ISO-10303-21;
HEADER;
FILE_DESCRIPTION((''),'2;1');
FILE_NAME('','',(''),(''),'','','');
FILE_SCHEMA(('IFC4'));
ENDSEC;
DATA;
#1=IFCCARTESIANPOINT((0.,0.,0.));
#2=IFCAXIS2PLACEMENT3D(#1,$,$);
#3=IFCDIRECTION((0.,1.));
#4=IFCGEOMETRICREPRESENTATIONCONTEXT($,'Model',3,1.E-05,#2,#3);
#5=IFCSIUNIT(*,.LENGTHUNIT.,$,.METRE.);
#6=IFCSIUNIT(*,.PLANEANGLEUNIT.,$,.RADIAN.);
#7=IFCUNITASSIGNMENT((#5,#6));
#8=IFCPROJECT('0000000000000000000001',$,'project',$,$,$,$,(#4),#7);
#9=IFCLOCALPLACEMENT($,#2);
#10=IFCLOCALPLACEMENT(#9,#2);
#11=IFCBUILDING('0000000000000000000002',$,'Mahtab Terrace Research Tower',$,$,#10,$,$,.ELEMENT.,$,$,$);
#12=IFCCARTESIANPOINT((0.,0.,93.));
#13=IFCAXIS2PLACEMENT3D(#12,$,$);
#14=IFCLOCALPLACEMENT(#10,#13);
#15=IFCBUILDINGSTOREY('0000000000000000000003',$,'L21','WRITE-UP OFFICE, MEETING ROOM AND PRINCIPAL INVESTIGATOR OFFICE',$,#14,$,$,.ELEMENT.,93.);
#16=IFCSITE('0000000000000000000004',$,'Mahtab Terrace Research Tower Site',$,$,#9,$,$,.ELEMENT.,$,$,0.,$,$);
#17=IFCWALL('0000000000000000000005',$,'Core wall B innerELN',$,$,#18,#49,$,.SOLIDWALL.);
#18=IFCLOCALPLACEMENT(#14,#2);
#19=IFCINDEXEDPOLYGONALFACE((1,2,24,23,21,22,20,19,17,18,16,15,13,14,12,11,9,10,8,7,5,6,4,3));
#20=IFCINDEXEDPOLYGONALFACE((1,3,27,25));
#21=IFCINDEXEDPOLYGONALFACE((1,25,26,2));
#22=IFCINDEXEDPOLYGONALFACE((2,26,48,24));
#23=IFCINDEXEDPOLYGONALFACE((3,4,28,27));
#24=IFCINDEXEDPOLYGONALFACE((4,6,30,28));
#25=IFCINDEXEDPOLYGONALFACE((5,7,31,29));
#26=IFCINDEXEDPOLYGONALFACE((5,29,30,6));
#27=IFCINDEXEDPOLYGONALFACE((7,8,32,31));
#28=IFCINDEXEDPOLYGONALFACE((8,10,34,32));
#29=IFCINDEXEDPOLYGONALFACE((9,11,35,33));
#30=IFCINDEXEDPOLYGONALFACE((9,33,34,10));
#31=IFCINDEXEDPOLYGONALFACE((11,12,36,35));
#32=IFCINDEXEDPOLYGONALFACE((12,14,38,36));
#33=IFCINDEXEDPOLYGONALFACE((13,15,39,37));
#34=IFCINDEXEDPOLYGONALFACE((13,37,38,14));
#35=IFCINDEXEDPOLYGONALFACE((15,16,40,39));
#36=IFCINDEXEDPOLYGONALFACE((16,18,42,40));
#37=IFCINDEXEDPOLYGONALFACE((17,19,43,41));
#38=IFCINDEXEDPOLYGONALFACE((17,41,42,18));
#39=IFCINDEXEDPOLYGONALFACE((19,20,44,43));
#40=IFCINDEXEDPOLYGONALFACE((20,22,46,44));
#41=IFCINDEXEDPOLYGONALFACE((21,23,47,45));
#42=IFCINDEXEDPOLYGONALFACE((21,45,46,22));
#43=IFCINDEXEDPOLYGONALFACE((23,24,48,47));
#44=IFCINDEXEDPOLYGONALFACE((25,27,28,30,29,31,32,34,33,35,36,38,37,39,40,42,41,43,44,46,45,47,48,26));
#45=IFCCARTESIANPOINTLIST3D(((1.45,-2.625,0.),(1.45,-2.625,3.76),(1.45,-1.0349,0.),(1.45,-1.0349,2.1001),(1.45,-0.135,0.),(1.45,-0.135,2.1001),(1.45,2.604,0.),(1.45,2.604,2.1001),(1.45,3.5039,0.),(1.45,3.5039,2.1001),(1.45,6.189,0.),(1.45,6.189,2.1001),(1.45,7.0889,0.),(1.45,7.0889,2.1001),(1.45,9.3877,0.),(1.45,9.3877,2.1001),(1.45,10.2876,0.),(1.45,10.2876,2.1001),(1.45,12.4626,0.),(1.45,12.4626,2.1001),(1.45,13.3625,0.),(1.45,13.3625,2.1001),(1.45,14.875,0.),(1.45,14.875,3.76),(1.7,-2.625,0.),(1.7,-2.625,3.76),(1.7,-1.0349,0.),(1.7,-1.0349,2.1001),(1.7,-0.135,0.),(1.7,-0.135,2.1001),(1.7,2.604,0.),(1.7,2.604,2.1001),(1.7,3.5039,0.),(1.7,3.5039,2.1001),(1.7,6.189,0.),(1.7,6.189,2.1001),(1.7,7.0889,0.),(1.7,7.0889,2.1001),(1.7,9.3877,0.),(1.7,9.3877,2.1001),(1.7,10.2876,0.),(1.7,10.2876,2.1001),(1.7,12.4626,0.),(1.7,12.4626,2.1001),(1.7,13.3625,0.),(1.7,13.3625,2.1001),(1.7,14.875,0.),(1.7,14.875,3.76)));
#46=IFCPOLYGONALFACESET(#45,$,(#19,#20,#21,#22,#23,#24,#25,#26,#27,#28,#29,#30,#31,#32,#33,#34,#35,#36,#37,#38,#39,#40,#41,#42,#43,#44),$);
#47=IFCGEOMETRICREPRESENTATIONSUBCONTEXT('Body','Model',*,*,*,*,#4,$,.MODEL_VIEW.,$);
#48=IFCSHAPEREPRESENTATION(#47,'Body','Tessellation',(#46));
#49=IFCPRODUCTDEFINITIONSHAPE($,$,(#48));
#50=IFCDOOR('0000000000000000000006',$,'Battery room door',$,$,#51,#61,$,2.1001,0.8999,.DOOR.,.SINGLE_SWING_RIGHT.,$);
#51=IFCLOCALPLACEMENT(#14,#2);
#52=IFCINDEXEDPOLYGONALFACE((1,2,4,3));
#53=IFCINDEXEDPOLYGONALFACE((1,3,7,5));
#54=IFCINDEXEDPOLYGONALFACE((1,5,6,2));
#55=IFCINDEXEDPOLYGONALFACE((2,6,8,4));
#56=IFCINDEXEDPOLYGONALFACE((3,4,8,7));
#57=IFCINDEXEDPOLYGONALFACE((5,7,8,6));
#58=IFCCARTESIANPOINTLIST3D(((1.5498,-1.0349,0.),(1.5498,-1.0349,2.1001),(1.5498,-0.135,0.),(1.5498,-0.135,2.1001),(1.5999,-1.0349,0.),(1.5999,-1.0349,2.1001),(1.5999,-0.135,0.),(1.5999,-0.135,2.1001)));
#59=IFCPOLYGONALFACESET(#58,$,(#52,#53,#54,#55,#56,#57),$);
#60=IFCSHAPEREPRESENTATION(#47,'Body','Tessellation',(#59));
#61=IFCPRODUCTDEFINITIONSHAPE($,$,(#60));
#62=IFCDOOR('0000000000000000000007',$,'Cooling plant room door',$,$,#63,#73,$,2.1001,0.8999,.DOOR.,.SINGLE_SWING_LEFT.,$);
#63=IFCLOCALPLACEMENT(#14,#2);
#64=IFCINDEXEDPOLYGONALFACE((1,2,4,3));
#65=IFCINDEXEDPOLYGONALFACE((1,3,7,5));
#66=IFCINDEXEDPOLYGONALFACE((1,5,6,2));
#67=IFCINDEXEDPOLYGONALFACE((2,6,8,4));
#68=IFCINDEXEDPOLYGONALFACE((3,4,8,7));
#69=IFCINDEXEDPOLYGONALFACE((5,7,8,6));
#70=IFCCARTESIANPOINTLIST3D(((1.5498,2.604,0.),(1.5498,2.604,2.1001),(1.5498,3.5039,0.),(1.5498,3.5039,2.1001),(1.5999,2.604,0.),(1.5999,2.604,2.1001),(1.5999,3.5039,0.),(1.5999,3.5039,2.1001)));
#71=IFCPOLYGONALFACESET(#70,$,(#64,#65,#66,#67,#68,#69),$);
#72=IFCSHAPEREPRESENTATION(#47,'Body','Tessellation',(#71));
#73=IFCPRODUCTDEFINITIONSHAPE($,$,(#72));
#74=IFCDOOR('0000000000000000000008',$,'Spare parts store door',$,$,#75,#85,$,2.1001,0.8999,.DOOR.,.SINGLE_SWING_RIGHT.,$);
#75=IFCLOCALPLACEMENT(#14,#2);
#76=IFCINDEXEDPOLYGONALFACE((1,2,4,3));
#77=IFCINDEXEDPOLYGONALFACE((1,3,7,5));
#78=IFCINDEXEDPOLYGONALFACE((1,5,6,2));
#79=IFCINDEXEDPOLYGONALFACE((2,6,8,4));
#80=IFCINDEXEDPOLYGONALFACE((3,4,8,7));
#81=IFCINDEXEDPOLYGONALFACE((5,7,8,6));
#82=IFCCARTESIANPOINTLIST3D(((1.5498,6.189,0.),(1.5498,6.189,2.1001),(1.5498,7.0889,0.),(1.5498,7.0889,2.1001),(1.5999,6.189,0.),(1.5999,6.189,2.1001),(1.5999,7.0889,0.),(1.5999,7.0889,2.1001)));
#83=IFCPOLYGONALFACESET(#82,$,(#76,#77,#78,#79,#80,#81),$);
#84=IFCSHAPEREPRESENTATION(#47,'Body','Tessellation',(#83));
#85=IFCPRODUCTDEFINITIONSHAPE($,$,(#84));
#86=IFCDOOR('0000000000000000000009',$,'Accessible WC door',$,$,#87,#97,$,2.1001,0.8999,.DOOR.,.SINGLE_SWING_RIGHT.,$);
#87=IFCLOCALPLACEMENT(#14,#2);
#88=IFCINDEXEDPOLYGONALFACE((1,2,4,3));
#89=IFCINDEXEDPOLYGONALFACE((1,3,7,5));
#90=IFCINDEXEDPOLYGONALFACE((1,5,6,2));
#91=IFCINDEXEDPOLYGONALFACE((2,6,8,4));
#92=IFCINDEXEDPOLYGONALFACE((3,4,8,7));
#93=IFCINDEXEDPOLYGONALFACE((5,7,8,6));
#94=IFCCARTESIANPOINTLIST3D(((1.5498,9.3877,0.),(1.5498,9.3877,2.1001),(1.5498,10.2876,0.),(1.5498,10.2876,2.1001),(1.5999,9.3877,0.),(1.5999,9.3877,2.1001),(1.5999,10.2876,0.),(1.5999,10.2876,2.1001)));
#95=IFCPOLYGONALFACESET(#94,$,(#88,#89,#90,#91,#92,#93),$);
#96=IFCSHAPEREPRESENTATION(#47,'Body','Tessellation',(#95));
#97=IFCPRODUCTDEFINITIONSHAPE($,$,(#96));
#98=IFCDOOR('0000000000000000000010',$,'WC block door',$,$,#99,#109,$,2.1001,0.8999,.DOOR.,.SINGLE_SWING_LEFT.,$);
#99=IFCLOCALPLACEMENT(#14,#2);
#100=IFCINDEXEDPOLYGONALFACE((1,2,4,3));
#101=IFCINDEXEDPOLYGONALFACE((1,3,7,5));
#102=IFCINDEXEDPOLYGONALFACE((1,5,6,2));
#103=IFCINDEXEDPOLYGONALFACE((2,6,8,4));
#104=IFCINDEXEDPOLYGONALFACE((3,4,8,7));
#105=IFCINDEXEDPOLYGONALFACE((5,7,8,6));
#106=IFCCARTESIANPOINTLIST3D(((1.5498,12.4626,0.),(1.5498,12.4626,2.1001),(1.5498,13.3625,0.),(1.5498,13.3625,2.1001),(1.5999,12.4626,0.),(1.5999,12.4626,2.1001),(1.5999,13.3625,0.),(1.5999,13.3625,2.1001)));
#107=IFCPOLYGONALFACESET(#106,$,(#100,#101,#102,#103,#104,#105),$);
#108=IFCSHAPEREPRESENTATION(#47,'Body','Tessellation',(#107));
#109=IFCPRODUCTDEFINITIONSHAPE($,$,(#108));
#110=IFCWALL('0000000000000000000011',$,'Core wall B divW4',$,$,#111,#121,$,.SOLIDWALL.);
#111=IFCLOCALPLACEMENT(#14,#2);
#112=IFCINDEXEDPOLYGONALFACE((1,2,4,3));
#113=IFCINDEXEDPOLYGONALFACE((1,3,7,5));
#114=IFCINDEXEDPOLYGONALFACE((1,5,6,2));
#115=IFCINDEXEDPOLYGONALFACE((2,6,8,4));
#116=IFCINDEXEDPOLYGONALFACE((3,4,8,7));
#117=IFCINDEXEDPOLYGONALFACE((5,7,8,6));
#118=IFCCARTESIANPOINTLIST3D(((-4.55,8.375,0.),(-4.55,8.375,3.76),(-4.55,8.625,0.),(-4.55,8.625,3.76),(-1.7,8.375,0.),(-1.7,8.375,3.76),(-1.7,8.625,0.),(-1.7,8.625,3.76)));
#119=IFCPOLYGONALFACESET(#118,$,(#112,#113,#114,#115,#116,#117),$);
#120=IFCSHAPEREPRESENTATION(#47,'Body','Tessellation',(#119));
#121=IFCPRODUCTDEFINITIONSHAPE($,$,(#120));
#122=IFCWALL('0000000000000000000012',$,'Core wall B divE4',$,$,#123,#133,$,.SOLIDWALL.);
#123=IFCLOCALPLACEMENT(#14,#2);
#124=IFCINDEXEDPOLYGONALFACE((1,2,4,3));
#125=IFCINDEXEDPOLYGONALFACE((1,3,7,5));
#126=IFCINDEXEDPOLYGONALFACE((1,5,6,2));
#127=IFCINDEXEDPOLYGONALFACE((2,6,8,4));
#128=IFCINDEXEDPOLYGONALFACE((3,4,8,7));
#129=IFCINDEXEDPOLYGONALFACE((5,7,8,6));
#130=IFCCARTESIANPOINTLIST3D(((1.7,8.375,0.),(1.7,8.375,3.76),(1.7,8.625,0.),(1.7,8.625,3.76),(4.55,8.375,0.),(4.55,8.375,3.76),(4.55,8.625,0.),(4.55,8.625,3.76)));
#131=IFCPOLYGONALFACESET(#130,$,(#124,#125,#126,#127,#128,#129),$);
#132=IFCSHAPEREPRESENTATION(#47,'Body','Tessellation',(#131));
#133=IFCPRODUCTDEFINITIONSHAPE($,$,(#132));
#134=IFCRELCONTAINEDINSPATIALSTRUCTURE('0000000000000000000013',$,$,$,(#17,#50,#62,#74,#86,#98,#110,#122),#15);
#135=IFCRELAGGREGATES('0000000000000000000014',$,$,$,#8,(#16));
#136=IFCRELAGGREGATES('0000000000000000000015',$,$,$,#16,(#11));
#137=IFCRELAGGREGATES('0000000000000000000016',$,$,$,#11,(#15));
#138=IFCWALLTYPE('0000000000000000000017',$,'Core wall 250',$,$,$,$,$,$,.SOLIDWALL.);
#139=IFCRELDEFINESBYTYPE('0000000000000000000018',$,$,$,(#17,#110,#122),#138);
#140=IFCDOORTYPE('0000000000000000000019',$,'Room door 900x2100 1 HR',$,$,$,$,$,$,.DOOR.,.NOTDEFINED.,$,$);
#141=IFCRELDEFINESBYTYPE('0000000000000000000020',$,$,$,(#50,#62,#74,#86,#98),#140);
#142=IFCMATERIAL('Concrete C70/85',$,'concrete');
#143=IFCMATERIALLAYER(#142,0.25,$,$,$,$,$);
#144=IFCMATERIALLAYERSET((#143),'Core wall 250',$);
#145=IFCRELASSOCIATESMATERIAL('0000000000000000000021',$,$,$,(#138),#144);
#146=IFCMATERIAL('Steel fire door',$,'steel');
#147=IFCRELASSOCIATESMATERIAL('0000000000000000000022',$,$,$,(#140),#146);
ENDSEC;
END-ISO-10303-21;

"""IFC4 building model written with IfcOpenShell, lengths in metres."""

from ifc_helpers import new_model, si_unit, direction, frame, frame_2d, origin, place, context, subcontext, project, spatial, rectangle, extrude, material, layer, layer_set, type_object, element, fill, save


model = new_model("IFC4")

# Units and contexts
model_context = context("Model", 3, precision=1e-05, world=origin(), true_north=direction((0.0, 1.0)))
body_context = subcontext(model_context, "Body", "Model", "MODEL_VIEW")
ifc_project = project(units=[si_unit("LENGTHUNIT", "METRE"), si_unit("PLANEANGLEUNIT", "RADIAN")], contexts=[model_context])

# Site, building, storey
site_placement = place(None, origin())
site = spatial("IfcSite", under=ifc_project, at=site_placement, Name="Mahtab Terrace Research Tower Site", CompositionType="ELEMENT", RefElevation=0.0)
building_placement = place(site_placement, origin())
building = spatial("IfcBuilding", under=site, at=building_placement, Name="Mahtab Terrace Research Tower", CompositionType="ELEMENT")
storey_placement = place(building_placement, frame((0.0, 0.0, 93.0)))
storey = spatial("IfcBuildingStorey", under=building, at=storey_placement, Name="L21", Description="WRITE-UP OFFICE, MEETING ROOM AND PRINCIPAL INVESTIGATOR OFFICE", CompositionType="ELEMENT", Elevation=93.0)

# Shared definitions
ifc_material_1 = material(Name="Concrete C70/85", Category="concrete")
ifc_layer_1 = layer(ifc_material_1, 0.25)
ifc_layer_set_1 = layer_set([ifc_layer_1], Name="Core wall 250")
wall_type_1 = type_object("IfcWallType", Name="Core wall 250", PredefinedType="SOLIDWALL", material=ifc_layer_set_1)
ifc_material_2 = material(Name="Steel fire door", Category="steel")

# Wall, openings, doors
wall_1_placement = place(storey_placement, frame((1.575, 14.875, 0.0), z_axis=(0.0, 0.0, 1.0), x_axis=(0.0, -1.0, 0.0)))
wall_1 = element("IfcWall", 1, at=wall_1_placement, inside=storey, type_object=wall_type_1, Name="Core wall B innerELN", PredefinedType="SOLIDWALL", context=body_context, shape_type="SweptSolid", body=[
    extrude(rectangle(XDim=17.5, YDim=0.25, at=frame_2d((8.75, 0.0))), origin(), (0.0, 0.0, 1.0), 3.76),
])
opening_1_placement = place(wall_1_placement, frame((15.01, 0.0, 0.0)))
opening_1 = element("IfcOpeningElement", 2, at=opening_1_placement, cuts=wall_1, PredefinedType="OPENING", context=body_context, shape_type="SweptSolid", body=[
    extrude(rectangle(XDim=0.8999, YDim=2.1001, at=frame_2d((0.45, 1.05))), frame((0.0, 0.135, 0.0), z_axis=(0.0, -1.0, 0.0), x_axis=(1.0, 0.0, 0.0)), (0.0, 0.0, 1.0), 0.27),
])
opening_2_placement = place(wall_1_placement, frame((11.3711, 0.0, 0.0)))
opening_2 = element("IfcOpeningElement", 3, at=opening_2_placement, cuts=wall_1, PredefinedType="OPENING", context=body_context, shape_type="SweptSolid", body=[
    extrude(rectangle(XDim=0.8999, YDim=2.1001, at=frame_2d((0.45, 1.05))), frame((0.0, 0.135, 0.0), z_axis=(0.0, -1.0, 0.0), x_axis=(1.0, 0.0, 0.0)), (0.0, 0.0, 1.0), 0.27),
])
opening_3_placement = place(wall_1_placement, frame((7.7861, 0.0, 0.0)))
opening_3 = element("IfcOpeningElement", 4, at=opening_3_placement, cuts=wall_1, PredefinedType="OPENING", context=body_context, shape_type="SweptSolid", body=[
    extrude(rectangle(XDim=0.8999, YDim=2.1001, at=frame_2d((0.45, 1.05))), frame((0.0, 0.135, 0.0), z_axis=(0.0, -1.0, 0.0), x_axis=(1.0, 0.0, 0.0)), (0.0, 0.0, 1.0), 0.27),
])
opening_4_placement = place(wall_1_placement, frame((4.5874, 0.0, 0.0)))
opening_4 = element("IfcOpeningElement", 5, at=opening_4_placement, cuts=wall_1, PredefinedType="OPENING", context=body_context, shape_type="SweptSolid", body=[
    extrude(rectangle(XDim=0.8999, YDim=2.1001, at=frame_2d((0.45, 1.05))), frame((0.0, 0.135, 0.0), z_axis=(0.0, -1.0, 0.0), x_axis=(1.0, 0.0, 0.0)), (0.0, 0.0, 1.0), 0.27),
])
opening_5_placement = place(wall_1_placement, frame((1.5125, 0.0, 0.0)))
opening_5 = element("IfcOpeningElement", 6, at=opening_5_placement, cuts=wall_1, PredefinedType="OPENING", context=body_context, shape_type="SweptSolid", body=[
    extrude(rectangle(XDim=0.8999, YDim=2.1001, at=frame_2d((0.45, 1.05))), frame((0.0, 0.135, 0.0), z_axis=(0.0, -1.0, 0.0), x_axis=(1.0, 0.0, 0.0)), (0.0, 0.0, 1.0), 0.27),
])
door_type_1 = type_object("IfcDoorType", Name="Room door 900x2100 1 HR", OperationType="NOTDEFINED", PredefinedType="DOOR", material=ifc_material_2)
door_1_placement = place(opening_1_placement, origin())
door_1 = element("IfcDoor", 7, at=door_1_placement, inside=storey, type_object=door_type_1, Name="Battery room door", OperationType="SINGLE_SWING_RIGHT", OverallHeight=2.1001, OverallWidth=0.8999, PredefinedType="DOOR", context=body_context, shape_type="SweptSolid", body=[
    extrude(rectangle(XDim=0.8999, YDim=2.1001, at=frame_2d((0.45, 1.05))), frame((0.0, 0.0249, 0.0), z_axis=(0.0, -1.0, 0.0), x_axis=(1.0, 0.0, 0.0)), (0.0, 0.0, 1.0), 0.05),
])
fill(opening_1, door_1)
door_2_placement = place(opening_2_placement, origin())
door_2 = element("IfcDoor", 8, at=door_2_placement, inside=storey, type_object=door_type_1, Name="Cooling plant room door", OperationType="SINGLE_SWING_LEFT", OverallHeight=2.1001, OverallWidth=0.8999, PredefinedType="DOOR", context=body_context, shape_type="SweptSolid", body=[
    extrude(rectangle(XDim=0.8999, YDim=2.1001, at=frame_2d((0.45, 1.05))), frame((0.0, 0.0249, 0.0), z_axis=(0.0, -1.0, 0.0), x_axis=(1.0, 0.0, 0.0)), (0.0, 0.0, 1.0), 0.05),
])
fill(opening_2, door_2)
door_3_placement = place(opening_3_placement, origin())
door_3 = element("IfcDoor", 9, at=door_3_placement, inside=storey, type_object=door_type_1, Name="Spare parts store door", OperationType="SINGLE_SWING_RIGHT", OverallHeight=2.1001, OverallWidth=0.8999, PredefinedType="DOOR", context=body_context, shape_type="SweptSolid", body=[
    extrude(rectangle(XDim=0.8999, YDim=2.1001, at=frame_2d((0.45, 1.05))), frame((0.0, 0.0249, 0.0), z_axis=(0.0, -1.0, 0.0), x_axis=(1.0, 0.0, 0.0)), (0.0, 0.0, 1.0), 0.05),
])
fill(opening_3, door_3)
door_4_placement = place(opening_4_placement, origin())
door_4 = element("IfcDoor", 10, at=door_4_placement, inside=storey, type_object=door_type_1, Name="Accessible WC door", OperationType="SINGLE_SWING_RIGHT", OverallHeight=2.1001, OverallWidth=0.8999, PredefinedType="DOOR", context=body_context, shape_type="SweptSolid", body=[
    extrude(rectangle(XDim=0.8999, YDim=2.1001, at=frame_2d((0.45, 1.05))), frame((0.0, 0.0249, 0.0), z_axis=(0.0, -1.0, 0.0), x_axis=(1.0, 0.0, 0.0)), (0.0, 0.0, 1.0), 0.05),
])
fill(opening_4, door_4)
door_5_placement = place(opening_5_placement, origin())
door_5 = element("IfcDoor", 11, at=door_5_placement, inside=storey, type_object=door_type_1, Name="WC block door", OperationType="SINGLE_SWING_LEFT", OverallHeight=2.1001, OverallWidth=0.8999, PredefinedType="DOOR", context=body_context, shape_type="SweptSolid", body=[
    extrude(rectangle(XDim=0.8999, YDim=2.1001, at=frame_2d((0.45, 1.05))), frame((0.0, 0.0249, 0.0), z_axis=(0.0, -1.0, 0.0), x_axis=(1.0, 0.0, 0.0)), (0.0, 0.0, 1.0), 0.05),
])
fill(opening_5, door_5)

# Walls
for number, where, z_axis, x_axis, name in (
    (12, (-4.55, 8.5, 0.0), (0.0, 0.0, 1.0), (1.0, 0.0, 0.0), "Core wall B divW4"),
    (13, (1.7, 8.5, 0.0), (0.0, 0.0, 1.0), (1.0, 0.0, 0.0), "Core wall B divE4"),
):
    element("IfcWall", number, at=place(storey_placement, frame(where, z_axis=z_axis, x_axis=x_axis)), inside=storey, type_object=wall_type_1, Name=name, PredefinedType="SOLIDWALL", context=body_context, shape_type="SweptSolid", body=[
        extrude(rectangle(XDim=2.8501, YDim=0.25, at=frame_2d((1.425, 0.0))), origin(), (0.0, 0.0, 1.0), 3.76),
    ])

save(model, "model.ifc")
